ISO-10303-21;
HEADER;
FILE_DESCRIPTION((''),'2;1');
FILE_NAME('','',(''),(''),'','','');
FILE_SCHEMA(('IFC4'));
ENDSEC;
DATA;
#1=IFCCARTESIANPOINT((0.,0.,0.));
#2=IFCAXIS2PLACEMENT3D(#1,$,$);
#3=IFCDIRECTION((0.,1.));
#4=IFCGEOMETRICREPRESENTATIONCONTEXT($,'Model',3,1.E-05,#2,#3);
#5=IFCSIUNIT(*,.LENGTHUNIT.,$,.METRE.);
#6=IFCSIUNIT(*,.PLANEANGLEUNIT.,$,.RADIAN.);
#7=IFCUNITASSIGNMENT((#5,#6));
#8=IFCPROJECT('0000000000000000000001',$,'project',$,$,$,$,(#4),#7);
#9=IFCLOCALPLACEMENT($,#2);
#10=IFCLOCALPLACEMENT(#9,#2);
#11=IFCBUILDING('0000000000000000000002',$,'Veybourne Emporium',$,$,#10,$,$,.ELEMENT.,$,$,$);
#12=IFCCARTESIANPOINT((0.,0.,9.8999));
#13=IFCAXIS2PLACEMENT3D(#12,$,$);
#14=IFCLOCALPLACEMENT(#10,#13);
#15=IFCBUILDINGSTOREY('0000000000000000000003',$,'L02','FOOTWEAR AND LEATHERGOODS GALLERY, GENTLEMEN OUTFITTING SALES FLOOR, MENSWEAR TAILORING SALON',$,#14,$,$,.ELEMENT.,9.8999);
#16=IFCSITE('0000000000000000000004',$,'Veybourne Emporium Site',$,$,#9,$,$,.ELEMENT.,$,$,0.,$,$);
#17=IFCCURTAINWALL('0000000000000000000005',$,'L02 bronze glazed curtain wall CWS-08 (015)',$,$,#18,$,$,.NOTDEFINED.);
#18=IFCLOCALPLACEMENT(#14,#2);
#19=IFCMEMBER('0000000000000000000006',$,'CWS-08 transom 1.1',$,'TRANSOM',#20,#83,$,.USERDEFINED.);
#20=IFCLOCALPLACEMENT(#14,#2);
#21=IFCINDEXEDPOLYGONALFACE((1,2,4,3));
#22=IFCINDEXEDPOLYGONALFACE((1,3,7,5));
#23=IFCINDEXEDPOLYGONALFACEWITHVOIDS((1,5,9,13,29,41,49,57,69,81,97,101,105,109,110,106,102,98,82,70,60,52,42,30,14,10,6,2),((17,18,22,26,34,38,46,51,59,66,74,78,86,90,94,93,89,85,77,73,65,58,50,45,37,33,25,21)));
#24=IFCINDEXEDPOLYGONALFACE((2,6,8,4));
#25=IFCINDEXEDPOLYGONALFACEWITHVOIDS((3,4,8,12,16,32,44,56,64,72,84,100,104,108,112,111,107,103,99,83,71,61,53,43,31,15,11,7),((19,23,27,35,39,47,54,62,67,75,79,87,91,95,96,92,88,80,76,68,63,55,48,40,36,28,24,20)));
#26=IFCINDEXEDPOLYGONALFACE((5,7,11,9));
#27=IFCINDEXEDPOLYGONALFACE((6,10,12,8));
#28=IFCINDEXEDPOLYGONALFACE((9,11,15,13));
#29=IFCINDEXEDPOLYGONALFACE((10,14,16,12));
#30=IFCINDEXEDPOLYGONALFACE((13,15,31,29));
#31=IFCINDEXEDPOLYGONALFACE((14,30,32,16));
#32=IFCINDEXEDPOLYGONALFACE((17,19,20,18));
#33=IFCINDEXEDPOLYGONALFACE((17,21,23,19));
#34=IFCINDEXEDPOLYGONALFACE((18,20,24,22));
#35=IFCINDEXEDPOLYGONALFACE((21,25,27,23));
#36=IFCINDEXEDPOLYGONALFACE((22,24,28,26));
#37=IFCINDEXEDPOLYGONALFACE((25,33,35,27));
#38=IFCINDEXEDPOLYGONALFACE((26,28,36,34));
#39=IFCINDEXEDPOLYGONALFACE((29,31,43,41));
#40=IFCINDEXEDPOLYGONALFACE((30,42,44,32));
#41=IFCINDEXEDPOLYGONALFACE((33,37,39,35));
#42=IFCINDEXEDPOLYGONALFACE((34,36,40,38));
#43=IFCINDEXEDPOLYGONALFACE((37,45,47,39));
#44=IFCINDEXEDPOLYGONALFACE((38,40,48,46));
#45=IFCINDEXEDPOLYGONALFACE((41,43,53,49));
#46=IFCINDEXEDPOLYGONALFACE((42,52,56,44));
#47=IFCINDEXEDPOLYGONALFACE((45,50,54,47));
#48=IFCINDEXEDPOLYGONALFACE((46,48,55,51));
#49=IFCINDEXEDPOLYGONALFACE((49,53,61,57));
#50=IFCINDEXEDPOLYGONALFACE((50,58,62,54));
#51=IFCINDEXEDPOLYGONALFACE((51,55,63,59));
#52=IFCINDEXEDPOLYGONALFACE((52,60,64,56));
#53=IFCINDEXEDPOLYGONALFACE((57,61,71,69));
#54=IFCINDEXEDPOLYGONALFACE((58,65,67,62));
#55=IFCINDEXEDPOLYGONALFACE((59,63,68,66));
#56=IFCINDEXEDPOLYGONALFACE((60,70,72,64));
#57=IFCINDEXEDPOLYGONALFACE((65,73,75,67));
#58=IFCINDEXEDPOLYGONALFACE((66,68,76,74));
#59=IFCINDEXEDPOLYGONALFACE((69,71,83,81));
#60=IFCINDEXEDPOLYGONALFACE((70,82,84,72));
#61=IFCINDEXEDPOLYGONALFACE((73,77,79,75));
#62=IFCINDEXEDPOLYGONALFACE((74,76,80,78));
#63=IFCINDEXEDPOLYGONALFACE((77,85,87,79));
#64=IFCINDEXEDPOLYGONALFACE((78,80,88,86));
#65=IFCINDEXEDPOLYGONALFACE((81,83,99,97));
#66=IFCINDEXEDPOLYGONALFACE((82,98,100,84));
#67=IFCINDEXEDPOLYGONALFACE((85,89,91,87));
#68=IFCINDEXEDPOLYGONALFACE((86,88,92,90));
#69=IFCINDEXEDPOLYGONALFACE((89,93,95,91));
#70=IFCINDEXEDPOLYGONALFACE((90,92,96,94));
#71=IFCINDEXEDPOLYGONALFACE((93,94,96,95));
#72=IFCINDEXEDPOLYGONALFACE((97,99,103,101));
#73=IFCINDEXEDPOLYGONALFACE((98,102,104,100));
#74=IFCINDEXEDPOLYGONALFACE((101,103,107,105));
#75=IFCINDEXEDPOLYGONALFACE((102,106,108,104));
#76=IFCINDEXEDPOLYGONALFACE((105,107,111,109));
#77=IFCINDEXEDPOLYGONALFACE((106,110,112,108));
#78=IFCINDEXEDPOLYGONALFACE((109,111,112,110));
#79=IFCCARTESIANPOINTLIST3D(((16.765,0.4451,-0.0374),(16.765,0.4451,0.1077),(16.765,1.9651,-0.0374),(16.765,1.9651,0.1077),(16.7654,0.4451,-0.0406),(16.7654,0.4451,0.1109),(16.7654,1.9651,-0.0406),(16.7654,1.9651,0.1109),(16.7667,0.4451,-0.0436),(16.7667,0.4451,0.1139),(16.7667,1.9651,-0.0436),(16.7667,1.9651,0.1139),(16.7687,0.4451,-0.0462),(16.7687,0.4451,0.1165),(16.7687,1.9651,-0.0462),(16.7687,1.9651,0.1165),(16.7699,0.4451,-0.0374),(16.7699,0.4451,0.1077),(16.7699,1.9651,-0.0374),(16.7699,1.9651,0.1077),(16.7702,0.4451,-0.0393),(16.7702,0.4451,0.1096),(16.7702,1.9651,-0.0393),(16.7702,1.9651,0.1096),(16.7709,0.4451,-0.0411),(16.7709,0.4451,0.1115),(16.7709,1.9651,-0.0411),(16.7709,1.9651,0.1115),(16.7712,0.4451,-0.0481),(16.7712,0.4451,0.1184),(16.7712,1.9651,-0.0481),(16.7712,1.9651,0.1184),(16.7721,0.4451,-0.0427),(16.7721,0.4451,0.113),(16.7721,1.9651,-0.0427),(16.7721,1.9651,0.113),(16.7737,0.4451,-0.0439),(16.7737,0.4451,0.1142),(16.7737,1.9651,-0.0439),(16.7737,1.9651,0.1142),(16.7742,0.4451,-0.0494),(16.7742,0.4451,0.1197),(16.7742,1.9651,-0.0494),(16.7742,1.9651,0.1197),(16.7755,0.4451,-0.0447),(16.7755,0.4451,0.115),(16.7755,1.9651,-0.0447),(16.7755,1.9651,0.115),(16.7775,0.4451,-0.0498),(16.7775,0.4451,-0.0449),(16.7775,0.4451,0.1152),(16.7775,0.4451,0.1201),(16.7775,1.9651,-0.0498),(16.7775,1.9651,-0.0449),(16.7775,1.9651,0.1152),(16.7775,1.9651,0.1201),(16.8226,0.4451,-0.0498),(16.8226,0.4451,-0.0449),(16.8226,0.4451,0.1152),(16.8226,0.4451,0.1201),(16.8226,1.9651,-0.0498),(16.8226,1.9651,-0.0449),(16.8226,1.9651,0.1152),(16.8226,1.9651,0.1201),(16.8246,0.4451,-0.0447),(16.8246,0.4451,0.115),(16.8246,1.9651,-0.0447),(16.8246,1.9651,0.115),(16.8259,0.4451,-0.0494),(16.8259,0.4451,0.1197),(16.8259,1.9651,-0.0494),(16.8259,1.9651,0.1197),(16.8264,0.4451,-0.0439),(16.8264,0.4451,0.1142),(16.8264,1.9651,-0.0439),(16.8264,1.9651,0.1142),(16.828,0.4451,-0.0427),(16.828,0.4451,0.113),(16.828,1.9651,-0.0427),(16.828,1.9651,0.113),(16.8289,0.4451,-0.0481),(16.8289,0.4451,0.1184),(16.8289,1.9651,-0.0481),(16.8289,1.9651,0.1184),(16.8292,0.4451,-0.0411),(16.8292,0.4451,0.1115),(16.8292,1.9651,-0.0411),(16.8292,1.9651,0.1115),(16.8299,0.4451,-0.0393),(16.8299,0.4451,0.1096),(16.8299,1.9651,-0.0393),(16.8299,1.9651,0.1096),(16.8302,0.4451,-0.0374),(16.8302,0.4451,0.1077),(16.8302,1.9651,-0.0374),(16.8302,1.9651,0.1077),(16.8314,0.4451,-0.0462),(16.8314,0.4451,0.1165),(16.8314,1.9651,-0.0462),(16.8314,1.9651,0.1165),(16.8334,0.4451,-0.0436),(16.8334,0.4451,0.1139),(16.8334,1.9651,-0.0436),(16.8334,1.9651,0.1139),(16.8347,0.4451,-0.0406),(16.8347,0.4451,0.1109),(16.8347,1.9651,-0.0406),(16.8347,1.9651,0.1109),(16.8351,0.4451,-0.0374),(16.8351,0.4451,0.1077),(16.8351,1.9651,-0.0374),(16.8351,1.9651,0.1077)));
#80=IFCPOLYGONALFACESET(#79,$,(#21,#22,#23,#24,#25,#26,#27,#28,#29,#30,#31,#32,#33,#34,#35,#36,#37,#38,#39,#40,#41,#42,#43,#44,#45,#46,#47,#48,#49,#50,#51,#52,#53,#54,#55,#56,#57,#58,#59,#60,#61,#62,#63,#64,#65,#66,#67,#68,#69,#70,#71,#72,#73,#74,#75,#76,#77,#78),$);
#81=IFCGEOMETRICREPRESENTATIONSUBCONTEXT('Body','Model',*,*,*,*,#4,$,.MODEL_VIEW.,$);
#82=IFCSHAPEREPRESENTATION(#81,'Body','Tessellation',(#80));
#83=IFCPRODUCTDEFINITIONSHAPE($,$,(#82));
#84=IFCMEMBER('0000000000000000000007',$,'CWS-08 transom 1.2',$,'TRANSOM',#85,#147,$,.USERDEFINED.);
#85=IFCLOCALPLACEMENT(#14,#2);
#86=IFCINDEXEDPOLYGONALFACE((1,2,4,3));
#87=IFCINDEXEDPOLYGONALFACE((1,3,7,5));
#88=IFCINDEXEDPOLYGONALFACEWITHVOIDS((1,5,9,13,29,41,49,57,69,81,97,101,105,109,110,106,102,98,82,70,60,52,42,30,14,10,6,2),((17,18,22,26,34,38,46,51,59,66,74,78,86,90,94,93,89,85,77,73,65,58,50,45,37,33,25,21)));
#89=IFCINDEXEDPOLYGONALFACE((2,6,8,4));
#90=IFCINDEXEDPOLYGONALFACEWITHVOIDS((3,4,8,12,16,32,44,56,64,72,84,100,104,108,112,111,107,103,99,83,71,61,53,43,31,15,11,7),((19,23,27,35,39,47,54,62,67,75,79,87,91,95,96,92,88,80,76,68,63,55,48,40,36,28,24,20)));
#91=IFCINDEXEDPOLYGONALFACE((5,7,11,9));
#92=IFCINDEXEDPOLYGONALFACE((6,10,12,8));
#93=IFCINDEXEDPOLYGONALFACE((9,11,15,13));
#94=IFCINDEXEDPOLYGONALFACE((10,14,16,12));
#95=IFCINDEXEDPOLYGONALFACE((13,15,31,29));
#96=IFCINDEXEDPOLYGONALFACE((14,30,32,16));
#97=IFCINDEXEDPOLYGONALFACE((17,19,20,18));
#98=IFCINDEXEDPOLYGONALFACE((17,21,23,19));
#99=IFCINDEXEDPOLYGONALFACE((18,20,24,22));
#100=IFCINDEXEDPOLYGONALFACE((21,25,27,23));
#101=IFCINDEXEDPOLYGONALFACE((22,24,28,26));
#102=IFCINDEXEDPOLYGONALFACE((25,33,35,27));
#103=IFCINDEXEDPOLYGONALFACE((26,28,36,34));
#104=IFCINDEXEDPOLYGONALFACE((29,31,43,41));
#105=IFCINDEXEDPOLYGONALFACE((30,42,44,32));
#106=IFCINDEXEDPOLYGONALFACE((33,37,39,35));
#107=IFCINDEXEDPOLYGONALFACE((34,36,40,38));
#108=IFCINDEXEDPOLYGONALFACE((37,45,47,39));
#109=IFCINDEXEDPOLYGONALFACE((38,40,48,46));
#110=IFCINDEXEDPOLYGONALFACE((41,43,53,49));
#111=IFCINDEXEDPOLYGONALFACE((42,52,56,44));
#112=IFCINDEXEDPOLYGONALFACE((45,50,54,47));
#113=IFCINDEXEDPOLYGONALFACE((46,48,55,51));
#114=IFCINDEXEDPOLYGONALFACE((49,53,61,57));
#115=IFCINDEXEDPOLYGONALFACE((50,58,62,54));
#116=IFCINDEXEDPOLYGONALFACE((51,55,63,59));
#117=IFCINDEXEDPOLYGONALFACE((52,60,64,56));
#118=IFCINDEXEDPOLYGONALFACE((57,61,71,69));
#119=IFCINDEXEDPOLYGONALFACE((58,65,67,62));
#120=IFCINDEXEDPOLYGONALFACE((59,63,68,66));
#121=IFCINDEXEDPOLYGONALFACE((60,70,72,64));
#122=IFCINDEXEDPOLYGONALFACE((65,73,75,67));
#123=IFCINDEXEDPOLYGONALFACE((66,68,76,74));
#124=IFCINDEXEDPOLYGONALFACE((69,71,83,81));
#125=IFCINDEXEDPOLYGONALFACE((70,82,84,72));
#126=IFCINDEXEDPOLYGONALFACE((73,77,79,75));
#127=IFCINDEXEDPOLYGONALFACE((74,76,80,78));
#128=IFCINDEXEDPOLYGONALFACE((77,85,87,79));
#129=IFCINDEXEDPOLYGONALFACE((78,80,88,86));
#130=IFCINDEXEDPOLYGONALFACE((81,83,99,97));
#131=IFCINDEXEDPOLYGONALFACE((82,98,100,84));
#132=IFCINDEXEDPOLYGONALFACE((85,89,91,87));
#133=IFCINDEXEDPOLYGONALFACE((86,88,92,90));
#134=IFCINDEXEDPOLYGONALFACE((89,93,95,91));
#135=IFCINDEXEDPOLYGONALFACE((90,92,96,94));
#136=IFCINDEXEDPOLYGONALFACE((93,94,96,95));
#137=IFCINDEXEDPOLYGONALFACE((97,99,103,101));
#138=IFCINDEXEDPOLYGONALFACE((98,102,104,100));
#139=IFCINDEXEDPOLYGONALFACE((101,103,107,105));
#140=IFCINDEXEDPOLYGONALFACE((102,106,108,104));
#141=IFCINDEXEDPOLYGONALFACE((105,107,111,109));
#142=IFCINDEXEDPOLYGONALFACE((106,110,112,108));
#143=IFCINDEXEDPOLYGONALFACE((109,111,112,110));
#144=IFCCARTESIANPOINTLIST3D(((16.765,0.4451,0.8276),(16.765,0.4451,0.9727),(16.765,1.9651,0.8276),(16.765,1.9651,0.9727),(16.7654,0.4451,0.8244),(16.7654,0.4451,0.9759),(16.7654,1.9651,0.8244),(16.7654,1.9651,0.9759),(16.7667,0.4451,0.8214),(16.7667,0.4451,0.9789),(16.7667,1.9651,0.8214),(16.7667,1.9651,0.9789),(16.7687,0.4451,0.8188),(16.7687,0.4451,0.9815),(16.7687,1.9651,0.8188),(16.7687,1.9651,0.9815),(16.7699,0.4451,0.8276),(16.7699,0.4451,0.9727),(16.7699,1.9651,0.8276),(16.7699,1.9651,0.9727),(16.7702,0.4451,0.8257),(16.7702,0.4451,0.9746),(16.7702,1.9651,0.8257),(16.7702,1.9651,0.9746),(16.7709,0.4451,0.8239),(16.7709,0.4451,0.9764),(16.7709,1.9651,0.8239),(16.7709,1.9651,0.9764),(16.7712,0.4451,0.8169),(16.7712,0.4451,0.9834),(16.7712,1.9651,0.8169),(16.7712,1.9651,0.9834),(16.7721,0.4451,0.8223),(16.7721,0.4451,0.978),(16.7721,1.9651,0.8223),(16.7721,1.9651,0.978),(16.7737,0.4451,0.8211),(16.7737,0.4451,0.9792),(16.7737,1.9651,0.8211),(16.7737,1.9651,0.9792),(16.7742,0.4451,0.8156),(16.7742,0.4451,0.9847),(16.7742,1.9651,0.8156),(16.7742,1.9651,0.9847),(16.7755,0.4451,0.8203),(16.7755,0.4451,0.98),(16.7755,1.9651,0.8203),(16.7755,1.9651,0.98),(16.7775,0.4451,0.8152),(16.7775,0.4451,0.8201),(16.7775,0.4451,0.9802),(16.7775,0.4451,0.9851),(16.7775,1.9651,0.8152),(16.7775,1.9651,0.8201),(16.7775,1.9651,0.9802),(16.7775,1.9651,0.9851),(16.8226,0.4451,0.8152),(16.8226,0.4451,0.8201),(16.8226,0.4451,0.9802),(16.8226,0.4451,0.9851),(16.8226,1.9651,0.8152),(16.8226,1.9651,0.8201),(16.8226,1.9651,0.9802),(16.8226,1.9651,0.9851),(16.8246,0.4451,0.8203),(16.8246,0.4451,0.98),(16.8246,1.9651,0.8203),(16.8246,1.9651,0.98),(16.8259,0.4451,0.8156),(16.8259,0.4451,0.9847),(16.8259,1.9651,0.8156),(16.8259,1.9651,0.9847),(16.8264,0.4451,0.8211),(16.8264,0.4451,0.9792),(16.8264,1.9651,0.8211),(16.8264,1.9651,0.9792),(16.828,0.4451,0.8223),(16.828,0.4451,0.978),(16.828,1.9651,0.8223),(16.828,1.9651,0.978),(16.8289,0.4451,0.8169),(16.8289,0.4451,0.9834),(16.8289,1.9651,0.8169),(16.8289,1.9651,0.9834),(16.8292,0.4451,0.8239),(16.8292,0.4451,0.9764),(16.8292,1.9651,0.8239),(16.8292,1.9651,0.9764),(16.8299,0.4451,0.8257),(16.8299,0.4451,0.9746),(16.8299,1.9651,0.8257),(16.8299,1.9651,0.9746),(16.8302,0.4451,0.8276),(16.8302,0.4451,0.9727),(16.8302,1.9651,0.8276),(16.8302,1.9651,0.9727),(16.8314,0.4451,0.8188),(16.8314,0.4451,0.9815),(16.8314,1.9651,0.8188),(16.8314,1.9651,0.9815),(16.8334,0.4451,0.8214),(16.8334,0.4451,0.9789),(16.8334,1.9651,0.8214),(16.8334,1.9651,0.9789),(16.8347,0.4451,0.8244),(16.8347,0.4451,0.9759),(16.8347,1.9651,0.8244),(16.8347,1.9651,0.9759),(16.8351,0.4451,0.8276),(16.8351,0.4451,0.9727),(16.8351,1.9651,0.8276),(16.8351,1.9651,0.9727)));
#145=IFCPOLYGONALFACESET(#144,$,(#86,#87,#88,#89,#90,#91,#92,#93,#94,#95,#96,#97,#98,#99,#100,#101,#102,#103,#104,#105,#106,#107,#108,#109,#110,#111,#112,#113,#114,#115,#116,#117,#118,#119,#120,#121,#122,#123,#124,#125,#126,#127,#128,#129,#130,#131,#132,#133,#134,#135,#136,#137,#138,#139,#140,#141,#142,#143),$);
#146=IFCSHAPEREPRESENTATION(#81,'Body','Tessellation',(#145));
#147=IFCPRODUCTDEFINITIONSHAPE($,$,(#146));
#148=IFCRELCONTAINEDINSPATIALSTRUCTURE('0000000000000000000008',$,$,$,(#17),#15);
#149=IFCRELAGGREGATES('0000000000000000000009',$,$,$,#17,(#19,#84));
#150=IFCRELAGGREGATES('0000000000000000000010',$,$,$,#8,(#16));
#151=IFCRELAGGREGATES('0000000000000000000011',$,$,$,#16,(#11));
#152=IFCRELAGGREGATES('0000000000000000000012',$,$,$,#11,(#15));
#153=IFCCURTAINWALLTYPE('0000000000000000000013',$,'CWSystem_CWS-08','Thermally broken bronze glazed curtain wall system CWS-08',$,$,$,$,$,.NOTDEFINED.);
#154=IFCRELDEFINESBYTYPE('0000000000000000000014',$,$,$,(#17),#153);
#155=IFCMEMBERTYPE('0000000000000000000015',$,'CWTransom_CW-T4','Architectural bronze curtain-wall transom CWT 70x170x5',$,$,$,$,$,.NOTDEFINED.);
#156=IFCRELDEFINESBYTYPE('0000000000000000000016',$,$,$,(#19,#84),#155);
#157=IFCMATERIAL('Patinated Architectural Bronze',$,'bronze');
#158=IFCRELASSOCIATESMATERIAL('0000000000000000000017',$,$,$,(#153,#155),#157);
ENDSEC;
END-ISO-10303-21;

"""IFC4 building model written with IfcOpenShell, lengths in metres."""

from ifc_helpers import new_model, si_unit, direction, frame, origin, origin_2d, place, context, subcontext, project, spatial, hollow_rectangle, extrude, material, material_profile, profile_set, type_object, element, aggregate, save


model = new_model("IFC4")

# Units and contexts
model_context = context("Model", 3, precision=1e-05, world=origin(), true_north=direction((0.0, 1.0)))
body_context = subcontext(model_context, "Body", "Model", "MODEL_VIEW")
ifc_project = project(units=[si_unit("LENGTHUNIT", "METRE"), si_unit("PLANEANGLEUNIT", "RADIAN")], contexts=[model_context])

# Site, building, storey
site_placement = place(None, origin())
site = spatial("IfcSite", under=ifc_project, at=site_placement, Name="Veybourne Emporium Site", CompositionType="ELEMENT", RefElevation=0.0)
building_placement = place(site_placement, origin())
building = spatial("IfcBuilding", under=site, at=building_placement, Name="Veybourne Emporium", CompositionType="ELEMENT")
storey_placement = place(building_placement, frame((0.0, 0.0, 9.8999)))
storey = spatial("IfcBuildingStorey", under=building, at=storey_placement, Name="L02", Description="FOOTWEAR AND LEATHERGOODS GALLERY, GENTLEMEN OUTFITTING SALES FLOOR, MENSWEAR TAILORING SALON", CompositionType="ELEMENT", Elevation=9.8999)

# Curtain wall, members
ifc_material_1 = material(Name="Patinated Architectural Bronze", Category="bronze")
curtain_wall_type = type_object("IfcCurtainWallType", Name="CWSystem_CWS-08", Description="Thermally broken bronze glazed curtain wall system CWS-08", PredefinedType="NOTDEFINED", material=ifc_material_1)
curtain_wall_placement = place(storey_placement, origin())
curtain_wall = element("IfcCurtainWall", 1, at=curtain_wall_placement, inside=storey, type_object=curtain_wall_type, Name="L02 bronze glazed curtain wall CWS-08 (015)", PredefinedType="NOTDEFINED")
ifc_material_profile_1 = material_profile(ifc_material_1, hollow_rectangle(XDim=0.0701, YDim=0.1699, WallThickness=0.0049, InnerFilletRadius=0.0076, OuterFilletRadius=0.0125, at=origin_2d()), Name="CWT 70x170x5")
ifc_profile_set_1 = profile_set([ifc_material_profile_1], Name="Patinated Architectural Bronze")
member_type_1 = type_object("IfcMemberType", Name="CWTransom_CW-T4", Description="Architectural bronze curtain-wall transom CWT 70x170x5", PredefinedType="NOTDEFINED", material=ifc_profile_set_1)
member_1_placement = place(storey_placement, frame((16.8, 0.4451, 0.0352), z_axis=(0.0, 1.0, 0.0), x_axis=(-1.0, 0.0, 0.0)))
member_1 = element("IfcMember", 2, at=member_1_placement, type_object=member_type_1, Name="CWS-08 transom 1.1", ObjectType="TRANSOM", PredefinedType="USERDEFINED", context=body_context, shape_type="SweptSolid", body=[
    extrude(hollow_rectangle(XDim=0.0701, YDim=0.1699, WallThickness=0.0049, InnerFilletRadius=0.0076, OuterFilletRadius=0.0125, at=origin_2d()), origin(), (0.0, 0.0, 1.0), 1.52),
])
member_2_placement = place(storey_placement, frame((16.8, 0.4451, 0.9001), z_axis=(0.0, 1.0, 0.0), x_axis=(-1.0, 0.0, 0.0)))
member_2 = element("IfcMember", 3, at=member_2_placement, type_object=member_type_1, Name="CWS-08 transom 1.2", ObjectType="TRANSOM", PredefinedType="USERDEFINED", context=body_context, shape_type="SweptSolid", body=[
    extrude(hollow_rectangle(XDim=0.0701, YDim=0.1699, WallThickness=0.0049, InnerFilletRadius=0.0076, OuterFilletRadius=0.0125, at=origin_2d()), origin(), (0.0, 0.0, 1.0), 1.52),
])

aggregate(curtain_wall, [member_1, member_2])

save(model, "model.ifc")
